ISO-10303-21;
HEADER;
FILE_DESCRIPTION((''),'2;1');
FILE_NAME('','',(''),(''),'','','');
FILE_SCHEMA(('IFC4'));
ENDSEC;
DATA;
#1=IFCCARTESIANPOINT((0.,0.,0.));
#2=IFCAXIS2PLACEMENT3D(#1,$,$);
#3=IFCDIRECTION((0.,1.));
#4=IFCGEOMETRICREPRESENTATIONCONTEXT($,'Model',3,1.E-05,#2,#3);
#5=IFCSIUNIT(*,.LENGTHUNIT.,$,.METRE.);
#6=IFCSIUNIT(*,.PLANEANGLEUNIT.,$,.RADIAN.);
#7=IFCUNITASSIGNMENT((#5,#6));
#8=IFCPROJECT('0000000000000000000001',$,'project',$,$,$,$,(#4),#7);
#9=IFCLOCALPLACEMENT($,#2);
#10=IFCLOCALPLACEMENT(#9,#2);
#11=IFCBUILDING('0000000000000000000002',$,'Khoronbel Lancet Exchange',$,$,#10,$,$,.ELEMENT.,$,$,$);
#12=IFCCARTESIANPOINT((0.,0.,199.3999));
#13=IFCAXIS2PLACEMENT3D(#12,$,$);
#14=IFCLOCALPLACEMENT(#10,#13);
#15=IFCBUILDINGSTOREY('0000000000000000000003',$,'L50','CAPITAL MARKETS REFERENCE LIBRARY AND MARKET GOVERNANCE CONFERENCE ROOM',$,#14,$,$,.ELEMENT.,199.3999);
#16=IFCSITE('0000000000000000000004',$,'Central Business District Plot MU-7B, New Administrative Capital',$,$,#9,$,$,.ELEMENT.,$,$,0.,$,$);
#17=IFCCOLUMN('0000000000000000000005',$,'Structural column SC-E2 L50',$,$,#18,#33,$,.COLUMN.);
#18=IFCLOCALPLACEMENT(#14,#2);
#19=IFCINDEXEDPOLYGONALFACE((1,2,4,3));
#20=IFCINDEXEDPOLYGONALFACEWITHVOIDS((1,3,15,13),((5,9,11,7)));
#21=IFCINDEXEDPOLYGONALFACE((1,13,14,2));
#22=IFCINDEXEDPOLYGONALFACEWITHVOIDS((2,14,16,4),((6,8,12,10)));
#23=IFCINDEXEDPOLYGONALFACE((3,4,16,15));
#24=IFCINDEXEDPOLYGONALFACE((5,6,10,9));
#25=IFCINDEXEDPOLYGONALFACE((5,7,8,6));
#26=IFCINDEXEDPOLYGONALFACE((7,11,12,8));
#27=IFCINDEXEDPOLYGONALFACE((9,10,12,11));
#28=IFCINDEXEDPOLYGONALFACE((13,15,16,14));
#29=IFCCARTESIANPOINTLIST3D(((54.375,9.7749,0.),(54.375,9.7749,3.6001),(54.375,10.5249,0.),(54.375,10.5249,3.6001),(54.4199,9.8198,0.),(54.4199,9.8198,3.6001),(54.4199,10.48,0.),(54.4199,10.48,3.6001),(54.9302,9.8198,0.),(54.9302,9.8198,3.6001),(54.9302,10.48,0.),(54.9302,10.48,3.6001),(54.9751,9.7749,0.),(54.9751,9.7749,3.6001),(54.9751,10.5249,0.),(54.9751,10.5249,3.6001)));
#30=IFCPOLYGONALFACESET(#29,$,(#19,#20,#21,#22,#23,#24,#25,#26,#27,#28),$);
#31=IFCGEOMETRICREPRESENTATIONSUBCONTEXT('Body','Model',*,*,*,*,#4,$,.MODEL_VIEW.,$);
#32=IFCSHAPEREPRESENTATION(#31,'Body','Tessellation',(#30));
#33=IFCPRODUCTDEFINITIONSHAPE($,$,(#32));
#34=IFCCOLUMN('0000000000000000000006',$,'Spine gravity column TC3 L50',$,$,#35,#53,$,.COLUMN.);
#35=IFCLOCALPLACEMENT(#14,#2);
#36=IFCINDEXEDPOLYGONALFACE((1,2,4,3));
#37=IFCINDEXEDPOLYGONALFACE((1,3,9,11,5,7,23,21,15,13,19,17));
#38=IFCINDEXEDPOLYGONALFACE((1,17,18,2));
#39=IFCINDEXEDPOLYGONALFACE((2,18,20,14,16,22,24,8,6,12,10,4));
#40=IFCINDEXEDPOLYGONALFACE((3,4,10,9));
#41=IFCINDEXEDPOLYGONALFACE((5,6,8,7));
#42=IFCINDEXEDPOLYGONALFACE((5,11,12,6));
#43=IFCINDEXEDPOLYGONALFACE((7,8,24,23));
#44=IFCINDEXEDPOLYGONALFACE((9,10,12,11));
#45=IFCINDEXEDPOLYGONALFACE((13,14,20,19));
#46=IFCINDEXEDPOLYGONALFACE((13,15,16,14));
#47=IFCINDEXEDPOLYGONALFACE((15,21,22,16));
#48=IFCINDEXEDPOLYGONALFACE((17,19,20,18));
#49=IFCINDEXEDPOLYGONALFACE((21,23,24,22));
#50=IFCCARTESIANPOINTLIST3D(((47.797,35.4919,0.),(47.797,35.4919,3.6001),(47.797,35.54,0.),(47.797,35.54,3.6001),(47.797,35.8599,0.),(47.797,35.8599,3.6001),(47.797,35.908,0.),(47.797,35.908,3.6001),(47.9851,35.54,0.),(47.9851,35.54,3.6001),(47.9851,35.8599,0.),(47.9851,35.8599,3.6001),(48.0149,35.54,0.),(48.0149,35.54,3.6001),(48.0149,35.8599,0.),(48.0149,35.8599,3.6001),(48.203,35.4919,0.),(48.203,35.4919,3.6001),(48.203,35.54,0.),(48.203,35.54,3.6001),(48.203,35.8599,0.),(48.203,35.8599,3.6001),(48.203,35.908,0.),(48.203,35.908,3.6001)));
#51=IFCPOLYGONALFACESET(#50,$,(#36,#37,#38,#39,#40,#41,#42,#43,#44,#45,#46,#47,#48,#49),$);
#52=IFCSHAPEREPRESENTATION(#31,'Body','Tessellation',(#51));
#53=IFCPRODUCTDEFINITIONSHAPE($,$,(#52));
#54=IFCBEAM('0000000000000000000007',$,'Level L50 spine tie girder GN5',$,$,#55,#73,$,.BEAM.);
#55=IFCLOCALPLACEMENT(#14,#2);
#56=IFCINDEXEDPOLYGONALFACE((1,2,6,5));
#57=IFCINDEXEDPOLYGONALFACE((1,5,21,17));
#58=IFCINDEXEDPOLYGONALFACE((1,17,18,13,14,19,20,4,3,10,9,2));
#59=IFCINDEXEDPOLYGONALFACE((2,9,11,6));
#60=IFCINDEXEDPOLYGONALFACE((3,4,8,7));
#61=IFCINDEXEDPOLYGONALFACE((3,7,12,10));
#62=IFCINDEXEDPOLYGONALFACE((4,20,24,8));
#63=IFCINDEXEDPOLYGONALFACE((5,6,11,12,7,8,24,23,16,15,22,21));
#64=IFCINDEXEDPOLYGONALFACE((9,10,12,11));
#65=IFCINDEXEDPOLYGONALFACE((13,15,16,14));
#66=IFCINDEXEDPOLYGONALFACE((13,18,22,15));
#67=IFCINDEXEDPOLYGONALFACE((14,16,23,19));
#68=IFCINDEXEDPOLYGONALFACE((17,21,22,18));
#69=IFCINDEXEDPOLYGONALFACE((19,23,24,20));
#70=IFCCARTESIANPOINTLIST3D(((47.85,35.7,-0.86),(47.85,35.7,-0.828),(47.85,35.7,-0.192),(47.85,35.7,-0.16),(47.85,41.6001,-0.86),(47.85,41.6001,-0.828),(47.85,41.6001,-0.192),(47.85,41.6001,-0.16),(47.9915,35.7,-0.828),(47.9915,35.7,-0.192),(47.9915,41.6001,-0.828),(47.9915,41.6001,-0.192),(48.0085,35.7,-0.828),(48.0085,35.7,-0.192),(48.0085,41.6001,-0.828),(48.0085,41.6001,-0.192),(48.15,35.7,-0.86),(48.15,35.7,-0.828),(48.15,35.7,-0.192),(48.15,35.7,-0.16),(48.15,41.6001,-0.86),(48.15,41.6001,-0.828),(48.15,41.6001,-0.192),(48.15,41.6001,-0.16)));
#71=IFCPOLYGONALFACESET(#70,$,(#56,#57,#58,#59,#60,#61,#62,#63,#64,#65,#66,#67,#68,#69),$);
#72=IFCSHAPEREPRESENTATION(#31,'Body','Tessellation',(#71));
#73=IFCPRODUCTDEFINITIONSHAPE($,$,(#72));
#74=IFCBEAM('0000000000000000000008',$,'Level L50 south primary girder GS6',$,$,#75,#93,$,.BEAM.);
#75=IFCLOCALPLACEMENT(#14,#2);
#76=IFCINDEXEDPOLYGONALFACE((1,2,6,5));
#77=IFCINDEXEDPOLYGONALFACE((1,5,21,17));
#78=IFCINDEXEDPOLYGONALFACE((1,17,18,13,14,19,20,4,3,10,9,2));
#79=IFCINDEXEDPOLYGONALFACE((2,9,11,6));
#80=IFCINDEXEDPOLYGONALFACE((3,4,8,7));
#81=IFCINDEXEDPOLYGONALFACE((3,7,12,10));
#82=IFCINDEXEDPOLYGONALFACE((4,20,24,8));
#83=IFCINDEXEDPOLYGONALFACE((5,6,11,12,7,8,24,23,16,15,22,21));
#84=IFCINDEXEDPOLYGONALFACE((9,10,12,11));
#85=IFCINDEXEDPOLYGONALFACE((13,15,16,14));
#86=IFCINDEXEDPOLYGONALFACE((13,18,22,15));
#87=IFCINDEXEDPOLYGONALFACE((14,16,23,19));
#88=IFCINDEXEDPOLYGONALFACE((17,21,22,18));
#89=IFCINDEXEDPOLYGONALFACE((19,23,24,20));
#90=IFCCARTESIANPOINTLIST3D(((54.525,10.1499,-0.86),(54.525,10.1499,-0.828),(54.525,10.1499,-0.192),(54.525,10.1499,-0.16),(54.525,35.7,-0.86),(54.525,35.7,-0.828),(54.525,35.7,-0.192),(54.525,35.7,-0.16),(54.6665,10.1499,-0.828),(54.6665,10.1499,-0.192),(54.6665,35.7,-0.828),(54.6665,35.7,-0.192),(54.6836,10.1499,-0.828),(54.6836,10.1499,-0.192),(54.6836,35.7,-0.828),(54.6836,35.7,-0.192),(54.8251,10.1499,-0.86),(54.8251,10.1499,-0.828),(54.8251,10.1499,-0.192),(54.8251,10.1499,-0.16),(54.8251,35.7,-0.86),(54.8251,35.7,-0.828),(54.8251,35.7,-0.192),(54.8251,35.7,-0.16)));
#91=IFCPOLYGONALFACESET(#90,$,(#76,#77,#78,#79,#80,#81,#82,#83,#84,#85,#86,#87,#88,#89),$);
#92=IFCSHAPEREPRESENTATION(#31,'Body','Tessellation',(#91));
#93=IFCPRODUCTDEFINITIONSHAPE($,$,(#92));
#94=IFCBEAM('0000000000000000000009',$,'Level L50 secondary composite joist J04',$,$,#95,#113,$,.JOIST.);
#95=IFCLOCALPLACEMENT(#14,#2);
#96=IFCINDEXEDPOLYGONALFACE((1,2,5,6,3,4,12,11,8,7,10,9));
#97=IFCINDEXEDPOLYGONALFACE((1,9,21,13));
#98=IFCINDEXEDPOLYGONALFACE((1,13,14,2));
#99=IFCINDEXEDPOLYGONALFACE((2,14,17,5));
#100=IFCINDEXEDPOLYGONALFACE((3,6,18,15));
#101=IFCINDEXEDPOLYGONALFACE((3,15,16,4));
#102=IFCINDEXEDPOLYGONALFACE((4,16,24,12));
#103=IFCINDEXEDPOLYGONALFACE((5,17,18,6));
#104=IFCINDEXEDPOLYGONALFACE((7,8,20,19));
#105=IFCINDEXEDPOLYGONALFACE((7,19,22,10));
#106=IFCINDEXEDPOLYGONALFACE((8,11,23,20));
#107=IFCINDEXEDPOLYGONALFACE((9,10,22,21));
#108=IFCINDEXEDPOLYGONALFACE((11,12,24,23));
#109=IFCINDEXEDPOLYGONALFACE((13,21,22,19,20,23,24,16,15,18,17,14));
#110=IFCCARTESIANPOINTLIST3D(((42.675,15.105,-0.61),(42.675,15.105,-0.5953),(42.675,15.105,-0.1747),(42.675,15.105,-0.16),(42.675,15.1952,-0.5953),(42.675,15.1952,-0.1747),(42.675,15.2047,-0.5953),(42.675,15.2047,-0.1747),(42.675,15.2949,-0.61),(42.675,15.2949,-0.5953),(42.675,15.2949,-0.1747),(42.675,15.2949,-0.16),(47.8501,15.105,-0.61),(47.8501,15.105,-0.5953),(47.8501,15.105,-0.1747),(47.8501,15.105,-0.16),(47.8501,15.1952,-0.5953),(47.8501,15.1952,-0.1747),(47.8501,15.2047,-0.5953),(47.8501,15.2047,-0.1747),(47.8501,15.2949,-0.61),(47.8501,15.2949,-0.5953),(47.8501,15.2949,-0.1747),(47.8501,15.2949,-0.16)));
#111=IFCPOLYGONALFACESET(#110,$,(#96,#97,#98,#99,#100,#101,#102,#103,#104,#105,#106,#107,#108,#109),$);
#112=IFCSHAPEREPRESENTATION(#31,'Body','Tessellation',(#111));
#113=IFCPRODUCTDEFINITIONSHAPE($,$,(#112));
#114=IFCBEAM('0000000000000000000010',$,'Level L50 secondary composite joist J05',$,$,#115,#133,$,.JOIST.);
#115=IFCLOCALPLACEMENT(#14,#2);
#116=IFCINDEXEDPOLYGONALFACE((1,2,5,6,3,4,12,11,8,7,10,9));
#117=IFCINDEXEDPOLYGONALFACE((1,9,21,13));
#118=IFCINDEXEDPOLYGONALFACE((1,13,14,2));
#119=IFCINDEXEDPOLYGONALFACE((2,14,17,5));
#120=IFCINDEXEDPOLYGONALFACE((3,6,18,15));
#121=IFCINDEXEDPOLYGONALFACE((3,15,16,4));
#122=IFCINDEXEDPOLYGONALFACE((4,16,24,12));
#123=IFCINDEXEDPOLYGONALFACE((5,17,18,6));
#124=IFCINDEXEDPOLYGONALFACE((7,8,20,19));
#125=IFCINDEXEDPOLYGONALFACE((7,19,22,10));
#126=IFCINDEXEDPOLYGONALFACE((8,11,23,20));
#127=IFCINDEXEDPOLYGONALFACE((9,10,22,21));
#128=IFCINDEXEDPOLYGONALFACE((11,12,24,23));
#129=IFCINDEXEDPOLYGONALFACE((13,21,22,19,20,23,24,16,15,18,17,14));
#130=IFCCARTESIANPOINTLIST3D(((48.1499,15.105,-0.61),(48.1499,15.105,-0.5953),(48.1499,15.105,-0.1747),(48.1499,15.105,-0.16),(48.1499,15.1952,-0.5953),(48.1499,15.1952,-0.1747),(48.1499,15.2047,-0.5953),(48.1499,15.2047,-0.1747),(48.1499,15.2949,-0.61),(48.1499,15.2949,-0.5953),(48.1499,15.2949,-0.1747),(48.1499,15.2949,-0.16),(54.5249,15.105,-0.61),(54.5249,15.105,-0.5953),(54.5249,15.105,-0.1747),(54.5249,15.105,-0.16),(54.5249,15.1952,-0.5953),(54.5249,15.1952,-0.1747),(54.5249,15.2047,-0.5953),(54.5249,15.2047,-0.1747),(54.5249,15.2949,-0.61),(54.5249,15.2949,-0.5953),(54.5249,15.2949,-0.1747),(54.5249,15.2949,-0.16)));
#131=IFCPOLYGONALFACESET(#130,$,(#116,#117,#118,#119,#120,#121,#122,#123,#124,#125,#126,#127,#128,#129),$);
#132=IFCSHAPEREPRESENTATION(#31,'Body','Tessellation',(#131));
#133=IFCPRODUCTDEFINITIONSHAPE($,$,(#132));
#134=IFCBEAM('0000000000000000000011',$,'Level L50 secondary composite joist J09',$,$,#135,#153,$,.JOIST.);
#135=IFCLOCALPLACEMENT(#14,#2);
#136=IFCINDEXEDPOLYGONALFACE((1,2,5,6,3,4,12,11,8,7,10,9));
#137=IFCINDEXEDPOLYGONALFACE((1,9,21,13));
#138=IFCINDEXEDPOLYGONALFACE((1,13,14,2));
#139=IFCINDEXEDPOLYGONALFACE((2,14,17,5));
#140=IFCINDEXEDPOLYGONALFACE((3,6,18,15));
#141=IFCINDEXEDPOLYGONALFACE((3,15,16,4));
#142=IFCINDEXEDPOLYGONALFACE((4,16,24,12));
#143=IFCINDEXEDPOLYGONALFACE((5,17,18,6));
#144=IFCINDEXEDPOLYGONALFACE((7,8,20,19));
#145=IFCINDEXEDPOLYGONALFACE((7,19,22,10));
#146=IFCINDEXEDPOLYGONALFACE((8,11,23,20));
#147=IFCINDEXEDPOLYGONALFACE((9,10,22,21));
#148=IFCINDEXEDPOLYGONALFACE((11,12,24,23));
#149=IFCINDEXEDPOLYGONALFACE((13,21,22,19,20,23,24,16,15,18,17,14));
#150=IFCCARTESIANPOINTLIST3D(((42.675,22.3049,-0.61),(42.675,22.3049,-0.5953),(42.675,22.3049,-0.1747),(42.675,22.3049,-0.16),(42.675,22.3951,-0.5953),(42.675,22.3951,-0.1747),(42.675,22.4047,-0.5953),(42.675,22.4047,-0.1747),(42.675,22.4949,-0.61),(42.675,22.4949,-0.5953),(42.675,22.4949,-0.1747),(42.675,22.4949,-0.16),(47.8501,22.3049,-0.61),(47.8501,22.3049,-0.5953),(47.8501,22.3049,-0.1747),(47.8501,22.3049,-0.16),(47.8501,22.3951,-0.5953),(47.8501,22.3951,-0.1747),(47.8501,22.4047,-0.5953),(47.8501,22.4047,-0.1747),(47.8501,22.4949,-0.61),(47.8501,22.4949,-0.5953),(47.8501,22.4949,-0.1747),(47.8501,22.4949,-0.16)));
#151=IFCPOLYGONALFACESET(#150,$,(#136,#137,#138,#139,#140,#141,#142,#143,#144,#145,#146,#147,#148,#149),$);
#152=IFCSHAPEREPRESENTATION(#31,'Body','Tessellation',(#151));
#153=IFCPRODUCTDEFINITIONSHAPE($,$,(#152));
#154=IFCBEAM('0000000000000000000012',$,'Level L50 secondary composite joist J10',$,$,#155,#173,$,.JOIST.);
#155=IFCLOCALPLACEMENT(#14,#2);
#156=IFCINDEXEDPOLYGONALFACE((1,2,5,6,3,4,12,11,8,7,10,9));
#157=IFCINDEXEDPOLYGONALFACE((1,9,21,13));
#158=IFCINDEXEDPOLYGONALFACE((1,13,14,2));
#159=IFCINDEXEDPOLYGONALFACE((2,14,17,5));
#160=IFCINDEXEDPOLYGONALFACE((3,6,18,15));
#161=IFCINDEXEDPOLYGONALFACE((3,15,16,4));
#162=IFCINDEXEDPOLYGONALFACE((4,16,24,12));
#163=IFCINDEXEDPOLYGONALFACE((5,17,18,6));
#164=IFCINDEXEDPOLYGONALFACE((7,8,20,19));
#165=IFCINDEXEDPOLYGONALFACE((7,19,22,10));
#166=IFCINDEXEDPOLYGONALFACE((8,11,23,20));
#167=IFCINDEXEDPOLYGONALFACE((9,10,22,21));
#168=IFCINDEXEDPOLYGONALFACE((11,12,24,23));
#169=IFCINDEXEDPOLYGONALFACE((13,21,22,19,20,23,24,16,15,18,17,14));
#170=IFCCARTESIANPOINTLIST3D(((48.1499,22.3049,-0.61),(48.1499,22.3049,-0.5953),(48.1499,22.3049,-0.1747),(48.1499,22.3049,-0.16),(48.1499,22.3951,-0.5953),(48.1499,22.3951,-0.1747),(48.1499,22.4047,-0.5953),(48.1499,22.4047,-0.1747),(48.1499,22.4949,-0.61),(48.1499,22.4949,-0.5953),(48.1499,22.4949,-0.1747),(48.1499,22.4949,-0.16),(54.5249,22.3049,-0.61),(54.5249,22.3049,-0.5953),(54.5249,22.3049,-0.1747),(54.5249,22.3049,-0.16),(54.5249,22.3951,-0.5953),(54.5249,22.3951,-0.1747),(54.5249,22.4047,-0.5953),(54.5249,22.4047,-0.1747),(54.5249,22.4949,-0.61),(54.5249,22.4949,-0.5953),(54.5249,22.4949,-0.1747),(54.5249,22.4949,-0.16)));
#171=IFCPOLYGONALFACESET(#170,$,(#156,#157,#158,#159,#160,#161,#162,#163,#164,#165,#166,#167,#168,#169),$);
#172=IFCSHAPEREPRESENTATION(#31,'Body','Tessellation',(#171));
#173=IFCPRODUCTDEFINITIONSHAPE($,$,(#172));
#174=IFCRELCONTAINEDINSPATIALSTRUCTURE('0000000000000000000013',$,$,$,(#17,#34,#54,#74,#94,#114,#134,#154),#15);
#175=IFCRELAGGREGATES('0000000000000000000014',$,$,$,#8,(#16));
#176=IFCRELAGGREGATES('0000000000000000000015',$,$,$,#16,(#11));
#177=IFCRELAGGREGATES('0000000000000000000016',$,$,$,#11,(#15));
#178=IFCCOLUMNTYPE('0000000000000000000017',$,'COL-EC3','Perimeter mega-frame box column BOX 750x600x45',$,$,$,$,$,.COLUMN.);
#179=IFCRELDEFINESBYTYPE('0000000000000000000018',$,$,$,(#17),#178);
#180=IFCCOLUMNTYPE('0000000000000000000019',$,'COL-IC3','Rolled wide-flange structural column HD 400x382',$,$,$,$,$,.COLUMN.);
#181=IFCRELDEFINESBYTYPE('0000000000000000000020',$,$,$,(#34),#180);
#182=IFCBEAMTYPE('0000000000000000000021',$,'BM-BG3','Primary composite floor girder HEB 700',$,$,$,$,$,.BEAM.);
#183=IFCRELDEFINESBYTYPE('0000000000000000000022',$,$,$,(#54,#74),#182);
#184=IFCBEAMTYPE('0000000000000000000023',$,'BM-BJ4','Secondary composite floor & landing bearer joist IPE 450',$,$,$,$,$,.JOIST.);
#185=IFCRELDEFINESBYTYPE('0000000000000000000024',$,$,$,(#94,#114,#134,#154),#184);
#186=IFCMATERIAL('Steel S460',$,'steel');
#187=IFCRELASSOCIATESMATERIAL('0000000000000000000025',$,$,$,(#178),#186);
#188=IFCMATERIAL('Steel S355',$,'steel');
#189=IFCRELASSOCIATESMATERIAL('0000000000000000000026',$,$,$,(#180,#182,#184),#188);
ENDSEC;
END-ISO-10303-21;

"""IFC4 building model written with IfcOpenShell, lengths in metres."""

from ifc_helpers import new_model, si_unit, direction, frame, origin, origin_2d, place, context, subcontext, project, spatial, hollow_rectangle, i_section, extrude, material, material_profile, profile_set, type_object, element, save


model = new_model("IFC4")

# Units and contexts
model_context = context("Model", 3, precision=1e-05, world=origin(), true_north=direction((0.0, 1.0)))
body_context = subcontext(model_context, "Body", "Model", "MODEL_VIEW")
ifc_project = project(units=[si_unit("LENGTHUNIT", "METRE"), si_unit("PLANEANGLEUNIT", "RADIAN")], contexts=[model_context])

# Site, building, storey
site_placement = place(None, origin())
site = spatial("IfcSite", under=ifc_project, at=site_placement, Name="Central Business District Plot MU-7B, New Administrative Capital", CompositionType="ELEMENT", RefElevation=0.0)
building_placement = place(site_placement, origin())
building = spatial("IfcBuilding", under=site, at=building_placement, Name="Khoronbel Lancet Exchange", CompositionType="ELEMENT")
storey_placement = place(building_placement, frame((0.0, 0.0, 199.3999)))
storey = spatial("IfcBuildingStorey", under=building, at=storey_placement, Name="L50", Description="CAPITAL MARKETS REFERENCE LIBRARY AND MARKET GOVERNANCE CONFERENCE ROOM", CompositionType="ELEMENT", Elevation=199.3999)

# Columns
ifc_material_1 = material(Name="Steel S460", Category="steel")
ifc_material_profile_1 = material_profile(ifc_material_1, hollow_rectangle(XDim=0.6001, YDim=0.75, WallThickness=0.0449, at=origin_2d()), Name="BOX 750x600x45")
ifc_profile_set_1 = profile_set([ifc_material_profile_1], Name="Steel S460")
column_type_1 = type_object("IfcColumnType", Name="COL-EC3", Description="Perimeter mega-frame box column BOX 750x600x45", PredefinedType="COLUMN", material=ifc_profile_set_1)
column_1_placement = place(storey_placement, frame((54.675, 10.1499, 0.0), z_axis=(0.0, 0.0, 1.0), x_axis=(1.0, 0.0, 0.0)))
element("IfcColumn", 1, at=column_1_placement, inside=storey, type_object=column_type_1, Name="Structural column SC-E2 L50", PredefinedType="COLUMN", context=body_context, shape_type="SweptSolid", body=[
    extrude(hollow_rectangle(XDim=0.6001, YDim=0.75, WallThickness=0.0449, at=origin_2d()), origin(), (0.0, 0.0, 1.0), 3.6001),
])
ifc_material_2 = material(Name="Steel S355", Category="steel")
ifc_material_profile_2 = material_profile(ifc_material_2, i_section(OverallWidth=0.406, OverallDepth=0.416, WebThickness=0.0298, FlangeThickness=0.0481, at=origin_2d()), Name="HD 400x382")
ifc_profile_set_2 = profile_set([ifc_material_profile_2], Name="Steel S355")
column_type_2 = type_object("IfcColumnType", Name="COL-IC3", Description="Rolled wide-flange structural column HD 400x382", PredefinedType="COLUMN", material=ifc_profile_set_2)
column_2_placement = place(storey_placement, frame((48.0, 35.7, 0.0), z_axis=(0.0, 0.0, 1.0), x_axis=(1.0, 0.0, 0.0)))
element("IfcColumn", 2, at=column_2_placement, inside=storey, type_object=column_type_2, Name="Spine gravity column TC3 L50", PredefinedType="COLUMN", context=body_context, shape_type="SweptSolid", body=[
    extrude(i_section(OverallWidth=0.406, OverallDepth=0.416, WebThickness=0.0298, FlangeThickness=0.0481, at=origin_2d()), origin(), (0.0, 0.0, 1.0), 3.6001),
])

# Beams
ifc_material_profile_3 = material_profile(ifc_material_2, i_section(OverallWidth=0.3, OverallDepth=0.7, WebThickness=0.0171, FlangeThickness=0.032, at=origin_2d()), Name="HEB 700")
ifc_profile_set_3 = profile_set([ifc_material_profile_3], Name="Steel S355")
beam_type_1 = type_object("IfcBeamType", Name="BM-BG3", Description="Primary composite floor girder HEB 700", PredefinedType="BEAM", material=ifc_profile_set_3)
beam_1_placement = place(storey_placement, frame((48.0, 35.7, -0.51), z_axis=(0.0, 1.0, 0.0), x_axis=(-1.0, 0.0, 0.0)))
element("IfcBeam", 3, at=beam_1_placement, inside=storey, type_object=beam_type_1, Name="Level L50 spine tie girder GN5", PredefinedType="BEAM", context=body_context, shape_type="SweptSolid", body=[
    extrude(i_section(OverallWidth=0.3, OverallDepth=0.7, WebThickness=0.0171, FlangeThickness=0.032, at=origin_2d()), origin(), (0.0, 0.0, 1.0), 5.9001),
])
beam_2_placement = place(storey_placement, frame((54.675, 10.1499, -0.51), z_axis=(0.0, 1.0, 0.0), x_axis=(-1.0, 0.0, 0.0)))
element("IfcBeam", 4, at=beam_2_placement, inside=storey, type_object=beam_type_1, Name="Level L50 south primary girder GS6", PredefinedType="BEAM", context=body_context, shape_type="SweptSolid", body=[
    extrude(i_section(OverallWidth=0.3, OverallDepth=0.7, WebThickness=0.0171, FlangeThickness=0.032, at=origin_2d()), origin(), (0.0, 0.0, 1.0), 25.55),
])
ifc_material_profile_4 = material_profile(ifc_material_2, i_section(OverallWidth=0.1899, OverallDepth=0.45, WebThickness=0.0095, FlangeThickness=0.0146, at=origin_2d()), Name="IPE 450")
ifc_profile_set_4 = profile_set([ifc_material_profile_4], Name="Steel S355")
beam_type_2 = type_object("IfcBeamType", Name="BM-BJ4", Description="Secondary composite floor & landing bearer joist IPE 450", PredefinedType="JOIST", material=ifc_profile_set_4)
beam_3_placement = place(storey_placement, frame((42.675, 15.2, -0.385), z_axis=(1.0, 0.0, 0.0), x_axis=(0.0, 1.0, 0.0)))
element("IfcBeam", 5, at=beam_3_placement, inside=storey, type_object=beam_type_2, Name="Level L50 secondary composite joist J04", PredefinedType="JOIST", context=body_context, shape_type="SweptSolid", body=[
    extrude(i_section(OverallWidth=0.1899, OverallDepth=0.45, WebThickness=0.0095, FlangeThickness=0.0146, at=origin_2d()), origin(), (0.0, 0.0, 1.0), 5.175),
])
beam_4_placement = place(storey_placement, frame((48.1499, 15.2, -0.385), z_axis=(1.0, 0.0, 0.0), x_axis=(0.0, 1.0, 0.0)))
element("IfcBeam", 6, at=beam_4_placement, inside=storey, type_object=beam_type_2, Name="Level L50 secondary composite joist J05", PredefinedType="JOIST", context=body_context, shape_type="SweptSolid", body=[
    extrude(i_section(OverallWidth=0.1899, OverallDepth=0.45, WebThickness=0.0095, FlangeThickness=0.0146, at=origin_2d()), origin(), (0.0, 0.0, 1.0), 6.375),
])
beam_5_placement = place(storey_placement, frame((42.675, 22.3999, -0.385), z_axis=(1.0, 0.0, 0.0), x_axis=(0.0, 1.0, 0.0)))
element("IfcBeam", 7, at=beam_5_placement, inside=storey, type_object=beam_type_2, Name="Level L50 secondary composite joist J09", PredefinedType="JOIST", context=body_context, shape_type="SweptSolid", body=[
    extrude(i_section(OverallWidth=0.1899, OverallDepth=0.45, WebThickness=0.0095, FlangeThickness=0.0146, at=origin_2d()), origin(), (0.0, 0.0, 1.0), 5.175),
])
beam_6_placement = place(storey_placement, frame((48.1499, 22.3999, -0.385), z_axis=(1.0, 0.0, 0.0), x_axis=(0.0, 1.0, 0.0)))
element("IfcBeam", 8, at=beam_6_placement, inside=storey, type_object=beam_type_2, Name="Level L50 secondary composite joist J10", PredefinedType="JOIST", context=body_context, shape_type="SweptSolid", body=[
    extrude(i_section(OverallWidth=0.1899, OverallDepth=0.45, WebThickness=0.0095, FlangeThickness=0.0146, at=origin_2d()), origin(), (0.0, 0.0, 1.0), 6.375),
])

save(model, "model.ifc")
